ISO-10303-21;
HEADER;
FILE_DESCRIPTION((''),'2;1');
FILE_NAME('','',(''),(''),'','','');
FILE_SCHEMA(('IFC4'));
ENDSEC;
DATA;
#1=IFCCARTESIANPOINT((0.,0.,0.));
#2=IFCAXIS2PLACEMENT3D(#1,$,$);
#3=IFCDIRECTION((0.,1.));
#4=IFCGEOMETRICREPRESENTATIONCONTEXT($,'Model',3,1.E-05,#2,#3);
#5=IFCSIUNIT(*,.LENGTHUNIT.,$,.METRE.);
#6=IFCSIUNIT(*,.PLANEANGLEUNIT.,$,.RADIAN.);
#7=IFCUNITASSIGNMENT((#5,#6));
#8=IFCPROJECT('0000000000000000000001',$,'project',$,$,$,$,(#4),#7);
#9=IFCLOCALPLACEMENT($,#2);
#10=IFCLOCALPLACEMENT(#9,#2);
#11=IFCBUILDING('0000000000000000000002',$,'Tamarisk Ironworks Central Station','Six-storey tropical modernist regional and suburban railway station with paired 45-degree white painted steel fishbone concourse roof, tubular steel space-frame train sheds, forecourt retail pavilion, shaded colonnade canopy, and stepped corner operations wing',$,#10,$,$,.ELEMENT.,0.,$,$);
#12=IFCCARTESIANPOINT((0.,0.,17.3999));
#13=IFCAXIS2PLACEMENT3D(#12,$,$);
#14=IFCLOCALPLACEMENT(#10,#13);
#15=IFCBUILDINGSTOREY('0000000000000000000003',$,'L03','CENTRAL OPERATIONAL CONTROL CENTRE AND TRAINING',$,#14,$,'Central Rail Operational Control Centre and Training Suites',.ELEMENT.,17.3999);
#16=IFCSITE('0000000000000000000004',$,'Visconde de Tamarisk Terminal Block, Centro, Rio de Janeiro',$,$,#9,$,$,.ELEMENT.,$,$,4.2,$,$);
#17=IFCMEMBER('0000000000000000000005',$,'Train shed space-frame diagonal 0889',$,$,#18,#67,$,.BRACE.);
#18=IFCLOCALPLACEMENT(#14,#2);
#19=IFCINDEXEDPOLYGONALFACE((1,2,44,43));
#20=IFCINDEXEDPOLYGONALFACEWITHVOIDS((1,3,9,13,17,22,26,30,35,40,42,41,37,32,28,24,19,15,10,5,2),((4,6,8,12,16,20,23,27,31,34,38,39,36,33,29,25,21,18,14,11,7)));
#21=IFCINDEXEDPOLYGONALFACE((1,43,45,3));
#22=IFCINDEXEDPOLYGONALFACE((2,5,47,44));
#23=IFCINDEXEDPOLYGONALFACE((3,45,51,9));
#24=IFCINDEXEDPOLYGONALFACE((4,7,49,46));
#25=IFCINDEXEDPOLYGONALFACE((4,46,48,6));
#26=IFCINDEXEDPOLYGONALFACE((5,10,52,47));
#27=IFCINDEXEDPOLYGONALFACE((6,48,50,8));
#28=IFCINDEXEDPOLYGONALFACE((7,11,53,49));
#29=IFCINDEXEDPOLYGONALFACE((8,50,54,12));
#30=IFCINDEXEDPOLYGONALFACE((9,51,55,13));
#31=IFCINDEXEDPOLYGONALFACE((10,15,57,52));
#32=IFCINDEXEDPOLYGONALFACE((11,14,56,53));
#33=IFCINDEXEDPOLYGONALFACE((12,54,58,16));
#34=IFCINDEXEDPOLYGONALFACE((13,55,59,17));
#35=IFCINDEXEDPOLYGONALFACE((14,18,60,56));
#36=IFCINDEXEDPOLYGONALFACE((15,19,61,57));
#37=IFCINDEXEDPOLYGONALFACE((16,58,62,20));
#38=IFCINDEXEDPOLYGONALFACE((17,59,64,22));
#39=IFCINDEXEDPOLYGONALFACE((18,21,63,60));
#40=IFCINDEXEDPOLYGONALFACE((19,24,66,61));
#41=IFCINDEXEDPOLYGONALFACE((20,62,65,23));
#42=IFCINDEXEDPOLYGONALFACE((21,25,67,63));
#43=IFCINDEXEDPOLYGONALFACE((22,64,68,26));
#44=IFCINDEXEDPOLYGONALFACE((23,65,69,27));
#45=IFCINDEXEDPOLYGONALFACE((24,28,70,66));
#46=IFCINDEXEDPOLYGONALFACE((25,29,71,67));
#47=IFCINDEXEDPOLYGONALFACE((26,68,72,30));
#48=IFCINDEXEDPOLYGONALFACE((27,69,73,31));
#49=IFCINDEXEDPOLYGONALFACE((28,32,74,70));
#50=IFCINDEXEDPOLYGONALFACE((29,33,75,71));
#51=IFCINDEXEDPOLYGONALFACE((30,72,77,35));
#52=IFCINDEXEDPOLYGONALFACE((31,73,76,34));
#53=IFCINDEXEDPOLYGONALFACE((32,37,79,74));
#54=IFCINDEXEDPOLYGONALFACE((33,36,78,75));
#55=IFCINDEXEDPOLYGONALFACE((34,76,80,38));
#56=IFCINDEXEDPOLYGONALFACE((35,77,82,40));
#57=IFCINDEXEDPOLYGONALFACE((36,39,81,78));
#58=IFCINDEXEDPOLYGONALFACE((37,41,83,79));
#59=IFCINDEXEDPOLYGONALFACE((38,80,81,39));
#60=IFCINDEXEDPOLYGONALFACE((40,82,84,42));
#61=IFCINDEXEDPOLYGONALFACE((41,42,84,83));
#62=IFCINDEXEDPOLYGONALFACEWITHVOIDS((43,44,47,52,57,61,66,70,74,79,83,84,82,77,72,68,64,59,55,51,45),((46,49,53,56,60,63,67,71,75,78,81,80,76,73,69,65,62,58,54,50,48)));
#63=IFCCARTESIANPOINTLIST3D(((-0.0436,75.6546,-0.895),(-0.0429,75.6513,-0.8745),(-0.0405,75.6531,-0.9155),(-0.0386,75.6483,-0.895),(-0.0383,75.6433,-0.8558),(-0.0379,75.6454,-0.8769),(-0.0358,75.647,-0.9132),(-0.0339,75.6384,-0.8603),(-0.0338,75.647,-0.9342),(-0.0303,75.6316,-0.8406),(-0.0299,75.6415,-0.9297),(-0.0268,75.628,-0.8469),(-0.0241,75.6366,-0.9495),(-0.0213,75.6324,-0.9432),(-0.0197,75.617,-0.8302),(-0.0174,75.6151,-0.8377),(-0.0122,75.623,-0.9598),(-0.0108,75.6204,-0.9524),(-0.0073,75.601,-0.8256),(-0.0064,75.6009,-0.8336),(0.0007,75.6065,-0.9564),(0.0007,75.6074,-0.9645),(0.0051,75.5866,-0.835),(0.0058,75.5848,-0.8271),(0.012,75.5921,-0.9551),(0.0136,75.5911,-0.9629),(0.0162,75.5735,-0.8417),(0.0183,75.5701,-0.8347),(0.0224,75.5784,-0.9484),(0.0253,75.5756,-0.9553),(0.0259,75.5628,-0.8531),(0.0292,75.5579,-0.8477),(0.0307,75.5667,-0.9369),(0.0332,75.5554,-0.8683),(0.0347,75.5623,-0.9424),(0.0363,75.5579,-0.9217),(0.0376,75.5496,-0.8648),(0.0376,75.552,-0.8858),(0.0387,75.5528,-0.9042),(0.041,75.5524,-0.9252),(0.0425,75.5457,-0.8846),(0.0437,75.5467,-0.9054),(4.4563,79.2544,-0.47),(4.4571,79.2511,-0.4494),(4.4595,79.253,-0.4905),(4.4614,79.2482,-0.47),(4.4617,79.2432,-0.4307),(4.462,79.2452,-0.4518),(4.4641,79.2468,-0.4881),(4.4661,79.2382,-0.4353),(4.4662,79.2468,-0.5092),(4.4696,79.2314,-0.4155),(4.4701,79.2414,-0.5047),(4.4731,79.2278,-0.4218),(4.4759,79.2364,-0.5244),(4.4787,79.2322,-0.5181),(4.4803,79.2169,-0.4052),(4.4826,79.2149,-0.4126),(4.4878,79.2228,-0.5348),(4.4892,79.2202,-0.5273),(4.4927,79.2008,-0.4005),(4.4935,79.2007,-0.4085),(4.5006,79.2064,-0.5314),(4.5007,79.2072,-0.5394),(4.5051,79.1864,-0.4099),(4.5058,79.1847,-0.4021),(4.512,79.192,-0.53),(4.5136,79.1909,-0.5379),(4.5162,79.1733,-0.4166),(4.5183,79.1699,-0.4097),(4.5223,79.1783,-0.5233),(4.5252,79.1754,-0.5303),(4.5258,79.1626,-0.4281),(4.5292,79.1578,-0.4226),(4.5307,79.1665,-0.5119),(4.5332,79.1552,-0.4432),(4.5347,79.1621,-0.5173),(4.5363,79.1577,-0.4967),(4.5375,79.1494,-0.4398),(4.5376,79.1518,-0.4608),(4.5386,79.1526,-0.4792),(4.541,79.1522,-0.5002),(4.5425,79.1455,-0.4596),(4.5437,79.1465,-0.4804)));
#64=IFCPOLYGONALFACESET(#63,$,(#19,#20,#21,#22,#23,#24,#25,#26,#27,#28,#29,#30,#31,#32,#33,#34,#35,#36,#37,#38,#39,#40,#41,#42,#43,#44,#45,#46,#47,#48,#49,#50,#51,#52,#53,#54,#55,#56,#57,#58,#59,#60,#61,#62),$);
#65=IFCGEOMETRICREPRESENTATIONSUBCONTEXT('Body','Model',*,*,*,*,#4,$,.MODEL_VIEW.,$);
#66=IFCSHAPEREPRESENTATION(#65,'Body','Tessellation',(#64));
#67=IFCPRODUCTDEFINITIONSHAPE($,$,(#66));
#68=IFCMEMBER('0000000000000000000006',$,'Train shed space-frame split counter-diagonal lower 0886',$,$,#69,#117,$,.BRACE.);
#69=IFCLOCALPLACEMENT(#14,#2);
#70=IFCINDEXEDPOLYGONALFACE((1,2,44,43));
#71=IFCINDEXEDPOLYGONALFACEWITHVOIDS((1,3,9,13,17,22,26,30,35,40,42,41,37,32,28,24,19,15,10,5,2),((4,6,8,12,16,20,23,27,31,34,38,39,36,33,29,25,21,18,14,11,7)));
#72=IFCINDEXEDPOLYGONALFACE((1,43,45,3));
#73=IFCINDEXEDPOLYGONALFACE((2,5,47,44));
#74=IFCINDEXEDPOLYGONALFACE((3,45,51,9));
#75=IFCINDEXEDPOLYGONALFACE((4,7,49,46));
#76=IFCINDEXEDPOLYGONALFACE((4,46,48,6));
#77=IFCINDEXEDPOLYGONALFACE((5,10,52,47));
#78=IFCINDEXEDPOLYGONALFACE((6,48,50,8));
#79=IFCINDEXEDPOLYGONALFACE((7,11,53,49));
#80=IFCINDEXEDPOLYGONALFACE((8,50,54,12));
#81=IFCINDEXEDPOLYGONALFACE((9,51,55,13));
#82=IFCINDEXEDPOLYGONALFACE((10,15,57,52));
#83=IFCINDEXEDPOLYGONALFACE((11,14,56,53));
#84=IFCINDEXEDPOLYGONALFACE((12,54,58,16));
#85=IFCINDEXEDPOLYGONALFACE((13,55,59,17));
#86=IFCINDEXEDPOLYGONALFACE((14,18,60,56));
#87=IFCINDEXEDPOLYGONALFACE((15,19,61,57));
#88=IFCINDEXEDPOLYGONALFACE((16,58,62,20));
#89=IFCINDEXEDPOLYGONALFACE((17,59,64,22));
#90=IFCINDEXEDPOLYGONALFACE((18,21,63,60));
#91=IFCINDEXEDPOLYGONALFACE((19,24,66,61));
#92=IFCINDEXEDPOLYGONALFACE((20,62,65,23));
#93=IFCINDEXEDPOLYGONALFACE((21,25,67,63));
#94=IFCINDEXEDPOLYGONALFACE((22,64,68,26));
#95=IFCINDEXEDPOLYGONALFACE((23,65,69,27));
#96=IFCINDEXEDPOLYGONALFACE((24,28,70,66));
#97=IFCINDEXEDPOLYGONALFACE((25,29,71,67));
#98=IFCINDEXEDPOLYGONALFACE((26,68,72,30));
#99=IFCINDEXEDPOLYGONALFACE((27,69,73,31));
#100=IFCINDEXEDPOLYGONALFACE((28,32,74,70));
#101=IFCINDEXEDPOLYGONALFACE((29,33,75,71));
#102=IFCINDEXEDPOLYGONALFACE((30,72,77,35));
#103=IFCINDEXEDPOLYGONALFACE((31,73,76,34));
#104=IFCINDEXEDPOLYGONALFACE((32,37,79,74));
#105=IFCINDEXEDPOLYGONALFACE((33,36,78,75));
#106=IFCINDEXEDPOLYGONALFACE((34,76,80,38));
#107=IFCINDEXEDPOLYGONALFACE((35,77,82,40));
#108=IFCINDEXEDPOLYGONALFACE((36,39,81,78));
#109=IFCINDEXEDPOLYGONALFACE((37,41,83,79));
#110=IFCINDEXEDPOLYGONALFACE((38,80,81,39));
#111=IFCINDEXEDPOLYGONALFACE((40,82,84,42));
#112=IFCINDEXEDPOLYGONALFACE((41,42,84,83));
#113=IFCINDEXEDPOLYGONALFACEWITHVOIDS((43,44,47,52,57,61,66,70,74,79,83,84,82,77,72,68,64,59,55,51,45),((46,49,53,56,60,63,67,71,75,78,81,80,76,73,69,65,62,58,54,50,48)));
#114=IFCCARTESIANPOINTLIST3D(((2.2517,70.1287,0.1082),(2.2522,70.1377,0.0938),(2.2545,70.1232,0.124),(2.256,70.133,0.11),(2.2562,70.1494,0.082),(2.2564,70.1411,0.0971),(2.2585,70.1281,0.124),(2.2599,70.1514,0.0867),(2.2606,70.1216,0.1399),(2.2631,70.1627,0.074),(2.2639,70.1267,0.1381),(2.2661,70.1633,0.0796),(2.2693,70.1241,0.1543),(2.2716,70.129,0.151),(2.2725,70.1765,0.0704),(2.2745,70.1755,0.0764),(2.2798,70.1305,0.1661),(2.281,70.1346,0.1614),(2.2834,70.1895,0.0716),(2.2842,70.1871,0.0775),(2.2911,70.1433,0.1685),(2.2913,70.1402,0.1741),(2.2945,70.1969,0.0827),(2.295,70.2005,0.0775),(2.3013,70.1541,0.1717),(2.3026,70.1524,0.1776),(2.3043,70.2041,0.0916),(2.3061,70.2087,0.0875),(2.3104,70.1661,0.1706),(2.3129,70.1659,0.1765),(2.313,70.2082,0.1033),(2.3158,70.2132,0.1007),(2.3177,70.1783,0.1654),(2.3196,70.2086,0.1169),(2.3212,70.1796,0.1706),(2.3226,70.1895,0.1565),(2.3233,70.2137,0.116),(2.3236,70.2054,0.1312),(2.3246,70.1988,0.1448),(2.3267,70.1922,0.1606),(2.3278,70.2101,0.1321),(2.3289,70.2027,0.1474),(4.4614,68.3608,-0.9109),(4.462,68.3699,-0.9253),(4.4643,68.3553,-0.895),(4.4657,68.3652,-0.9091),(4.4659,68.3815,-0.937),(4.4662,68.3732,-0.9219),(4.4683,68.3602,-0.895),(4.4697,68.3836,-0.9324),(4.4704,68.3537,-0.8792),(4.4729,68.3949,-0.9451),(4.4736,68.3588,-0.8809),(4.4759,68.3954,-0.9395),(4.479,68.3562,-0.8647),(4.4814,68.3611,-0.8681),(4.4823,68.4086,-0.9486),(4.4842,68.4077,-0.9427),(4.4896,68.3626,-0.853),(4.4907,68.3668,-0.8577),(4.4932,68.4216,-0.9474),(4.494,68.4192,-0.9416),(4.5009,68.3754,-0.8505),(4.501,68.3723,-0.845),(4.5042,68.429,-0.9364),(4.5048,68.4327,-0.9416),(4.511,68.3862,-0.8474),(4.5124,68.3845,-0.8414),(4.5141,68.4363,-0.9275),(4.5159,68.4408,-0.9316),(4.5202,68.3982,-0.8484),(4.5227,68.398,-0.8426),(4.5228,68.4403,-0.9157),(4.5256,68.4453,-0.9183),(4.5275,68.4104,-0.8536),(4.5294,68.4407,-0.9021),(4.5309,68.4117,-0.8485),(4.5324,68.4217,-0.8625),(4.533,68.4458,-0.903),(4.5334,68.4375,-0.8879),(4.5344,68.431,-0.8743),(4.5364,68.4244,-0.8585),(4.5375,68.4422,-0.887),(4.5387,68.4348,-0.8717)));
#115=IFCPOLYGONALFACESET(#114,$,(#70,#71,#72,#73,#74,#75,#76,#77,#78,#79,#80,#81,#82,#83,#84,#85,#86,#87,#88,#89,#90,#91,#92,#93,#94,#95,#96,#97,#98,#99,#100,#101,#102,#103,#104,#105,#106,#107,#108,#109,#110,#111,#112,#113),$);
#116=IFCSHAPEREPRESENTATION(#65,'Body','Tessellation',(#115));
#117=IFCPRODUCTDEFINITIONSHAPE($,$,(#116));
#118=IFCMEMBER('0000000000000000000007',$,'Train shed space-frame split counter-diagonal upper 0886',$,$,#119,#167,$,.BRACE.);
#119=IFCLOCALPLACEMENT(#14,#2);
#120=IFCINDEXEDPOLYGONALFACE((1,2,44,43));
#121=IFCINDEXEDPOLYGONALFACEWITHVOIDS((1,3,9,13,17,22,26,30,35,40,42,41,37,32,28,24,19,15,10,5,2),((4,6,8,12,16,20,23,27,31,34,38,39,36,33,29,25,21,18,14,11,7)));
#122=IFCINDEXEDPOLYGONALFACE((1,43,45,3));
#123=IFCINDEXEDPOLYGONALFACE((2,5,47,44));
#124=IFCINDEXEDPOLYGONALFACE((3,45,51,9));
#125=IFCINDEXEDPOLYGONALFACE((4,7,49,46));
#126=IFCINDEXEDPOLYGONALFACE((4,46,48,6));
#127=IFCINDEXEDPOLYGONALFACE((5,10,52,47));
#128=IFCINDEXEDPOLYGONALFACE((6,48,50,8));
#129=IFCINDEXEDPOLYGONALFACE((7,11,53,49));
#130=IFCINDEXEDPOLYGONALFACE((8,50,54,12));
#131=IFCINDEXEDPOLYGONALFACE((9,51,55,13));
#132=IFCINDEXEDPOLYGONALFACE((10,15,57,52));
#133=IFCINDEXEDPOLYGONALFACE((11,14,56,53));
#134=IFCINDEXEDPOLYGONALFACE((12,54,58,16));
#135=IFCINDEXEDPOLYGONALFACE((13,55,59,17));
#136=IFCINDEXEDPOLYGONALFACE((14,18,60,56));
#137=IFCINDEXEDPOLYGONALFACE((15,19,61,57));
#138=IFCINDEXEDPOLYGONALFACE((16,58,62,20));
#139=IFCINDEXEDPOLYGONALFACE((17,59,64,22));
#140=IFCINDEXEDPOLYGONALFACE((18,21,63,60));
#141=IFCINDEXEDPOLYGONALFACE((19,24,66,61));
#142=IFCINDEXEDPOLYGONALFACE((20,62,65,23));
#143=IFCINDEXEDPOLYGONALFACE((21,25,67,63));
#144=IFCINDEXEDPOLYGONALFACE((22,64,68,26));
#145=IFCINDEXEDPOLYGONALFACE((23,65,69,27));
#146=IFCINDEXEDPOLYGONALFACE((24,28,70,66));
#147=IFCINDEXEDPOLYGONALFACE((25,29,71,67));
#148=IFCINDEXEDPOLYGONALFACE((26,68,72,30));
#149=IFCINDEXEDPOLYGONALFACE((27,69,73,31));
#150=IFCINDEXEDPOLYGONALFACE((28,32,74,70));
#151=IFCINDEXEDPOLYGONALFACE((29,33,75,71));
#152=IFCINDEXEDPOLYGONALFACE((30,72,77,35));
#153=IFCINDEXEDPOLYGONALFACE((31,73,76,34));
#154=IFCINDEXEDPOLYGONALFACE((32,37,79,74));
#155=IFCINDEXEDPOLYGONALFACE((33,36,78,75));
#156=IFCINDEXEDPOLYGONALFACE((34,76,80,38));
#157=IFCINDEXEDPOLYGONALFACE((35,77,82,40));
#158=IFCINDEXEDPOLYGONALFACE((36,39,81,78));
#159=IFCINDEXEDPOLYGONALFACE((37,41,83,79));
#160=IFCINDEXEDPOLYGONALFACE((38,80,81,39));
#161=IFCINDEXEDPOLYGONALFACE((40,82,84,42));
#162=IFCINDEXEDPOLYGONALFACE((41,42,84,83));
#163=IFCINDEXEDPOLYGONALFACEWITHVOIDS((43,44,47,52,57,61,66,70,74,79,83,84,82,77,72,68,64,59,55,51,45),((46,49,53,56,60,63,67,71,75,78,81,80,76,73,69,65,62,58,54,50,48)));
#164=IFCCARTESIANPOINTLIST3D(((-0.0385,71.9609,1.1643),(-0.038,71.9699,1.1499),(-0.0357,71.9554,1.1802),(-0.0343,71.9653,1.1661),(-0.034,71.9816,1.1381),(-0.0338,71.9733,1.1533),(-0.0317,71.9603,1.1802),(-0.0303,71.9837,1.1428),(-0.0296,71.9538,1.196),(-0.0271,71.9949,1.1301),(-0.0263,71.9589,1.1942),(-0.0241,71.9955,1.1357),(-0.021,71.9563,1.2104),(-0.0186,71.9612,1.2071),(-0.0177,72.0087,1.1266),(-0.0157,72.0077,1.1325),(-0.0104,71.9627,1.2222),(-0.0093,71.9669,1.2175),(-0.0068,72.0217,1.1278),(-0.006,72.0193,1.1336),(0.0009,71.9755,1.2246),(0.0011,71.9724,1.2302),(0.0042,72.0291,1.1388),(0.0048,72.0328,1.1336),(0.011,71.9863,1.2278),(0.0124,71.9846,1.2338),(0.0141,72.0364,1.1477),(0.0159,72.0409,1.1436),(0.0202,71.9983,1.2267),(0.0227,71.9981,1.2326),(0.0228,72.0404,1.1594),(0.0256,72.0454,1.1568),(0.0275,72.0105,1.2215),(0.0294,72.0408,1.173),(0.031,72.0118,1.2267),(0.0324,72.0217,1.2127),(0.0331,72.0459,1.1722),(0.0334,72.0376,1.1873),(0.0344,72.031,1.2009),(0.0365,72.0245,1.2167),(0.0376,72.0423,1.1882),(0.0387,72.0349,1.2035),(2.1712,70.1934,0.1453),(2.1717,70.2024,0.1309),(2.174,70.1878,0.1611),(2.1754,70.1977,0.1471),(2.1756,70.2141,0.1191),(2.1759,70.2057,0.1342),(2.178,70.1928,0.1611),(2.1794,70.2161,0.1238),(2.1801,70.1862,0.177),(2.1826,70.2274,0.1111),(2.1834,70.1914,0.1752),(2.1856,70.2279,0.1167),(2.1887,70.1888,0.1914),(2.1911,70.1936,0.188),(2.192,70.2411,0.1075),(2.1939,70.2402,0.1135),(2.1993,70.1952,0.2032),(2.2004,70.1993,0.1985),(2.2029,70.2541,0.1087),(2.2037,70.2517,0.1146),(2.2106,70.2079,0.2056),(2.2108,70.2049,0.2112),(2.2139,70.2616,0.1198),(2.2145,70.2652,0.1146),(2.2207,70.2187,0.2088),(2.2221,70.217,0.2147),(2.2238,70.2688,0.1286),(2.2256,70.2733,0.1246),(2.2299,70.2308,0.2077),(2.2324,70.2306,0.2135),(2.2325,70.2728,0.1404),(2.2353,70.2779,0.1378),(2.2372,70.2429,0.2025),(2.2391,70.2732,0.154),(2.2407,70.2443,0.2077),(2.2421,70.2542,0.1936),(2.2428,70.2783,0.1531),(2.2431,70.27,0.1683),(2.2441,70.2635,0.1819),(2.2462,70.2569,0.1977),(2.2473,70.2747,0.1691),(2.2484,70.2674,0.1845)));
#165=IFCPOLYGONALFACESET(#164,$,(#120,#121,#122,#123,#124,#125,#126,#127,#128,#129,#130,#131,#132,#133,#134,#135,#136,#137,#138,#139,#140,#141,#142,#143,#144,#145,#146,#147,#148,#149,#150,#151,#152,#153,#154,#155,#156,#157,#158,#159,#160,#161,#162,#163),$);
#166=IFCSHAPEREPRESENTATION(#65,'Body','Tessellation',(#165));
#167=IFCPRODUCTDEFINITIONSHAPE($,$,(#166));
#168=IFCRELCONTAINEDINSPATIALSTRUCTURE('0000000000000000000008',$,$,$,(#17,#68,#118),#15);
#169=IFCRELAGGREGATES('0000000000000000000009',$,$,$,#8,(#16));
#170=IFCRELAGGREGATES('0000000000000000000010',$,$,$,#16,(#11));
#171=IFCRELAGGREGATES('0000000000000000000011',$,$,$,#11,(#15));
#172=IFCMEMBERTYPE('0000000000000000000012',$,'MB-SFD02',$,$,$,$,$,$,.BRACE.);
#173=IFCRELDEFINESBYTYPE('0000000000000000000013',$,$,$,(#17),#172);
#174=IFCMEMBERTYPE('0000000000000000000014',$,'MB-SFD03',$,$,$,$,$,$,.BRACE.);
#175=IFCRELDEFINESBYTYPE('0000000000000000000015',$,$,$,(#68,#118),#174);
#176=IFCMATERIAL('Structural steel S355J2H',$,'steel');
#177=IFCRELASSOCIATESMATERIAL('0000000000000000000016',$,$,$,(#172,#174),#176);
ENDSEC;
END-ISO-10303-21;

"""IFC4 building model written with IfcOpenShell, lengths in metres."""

from ifc_helpers import new_model, si_unit, direction, frame, origin, origin_2d, place, context, subcontext, project, spatial, hollow_circle, extrude, material, material_profile, profile_set, type_object, element, save


model = new_model("IFC4")

# Units and contexts
model_context = context("Model", 3, precision=1e-05, world=origin(), true_north=direction((0.0, 1.0)))
body_context = subcontext(model_context, "Body", "Model", "MODEL_VIEW")
ifc_project = project(units=[si_unit("LENGTHUNIT", "METRE"), si_unit("PLANEANGLEUNIT", "RADIAN")], contexts=[model_context])

# Site, building, storey
site_placement = place(None, origin())
site = spatial("IfcSite", under=ifc_project, at=site_placement, Name="Visconde de Tamarisk Terminal Block, Centro, Rio de Janeiro", CompositionType="ELEMENT", RefElevation=4.2)
building_placement = place(site_placement, origin())
building = spatial("IfcBuilding", under=site, at=building_placement, Name="Tamarisk Ironworks Central Station", Description="Six-storey tropical modernist regional and suburban railway station with paired 45-degree white painted steel fishbone concourse roof, tubular steel space-frame train sheds, forecourt retail pavilion, shaded colonnade canopy, and stepped corner operations wing", CompositionType="ELEMENT", ElevationOfRefHeight=0.0)
storey_placement = place(building_placement, frame((0.0, 0.0, 17.3999)))
storey = spatial("IfcBuildingStorey", under=building, at=storey_placement, Name="L03", Description="CENTRAL OPERATIONAL CONTROL CENTRE AND TRAINING", LongName="Central Rail Operational Control Centre and Training Suites", CompositionType="ELEMENT", Elevation=17.3999)

# Members
ifc_material_1 = material(Name="Structural steel S355J2H", Category="steel")
ifc_material_profile_1 = material_profile(ifc_material_1, hollow_circle(Radius=0.0698, WallThickness=0.0081, at=origin_2d()), Name="CHS 139.7x8")
ifc_profile_set_1 = profile_set([ifc_material_profile_1], Name="Structural steel S355J2H")
member_type_1 = type_object("IfcMemberType", Name="MB-SFD02", PredefinedType="BRACE", material=ifc_profile_set_1)
member_1_placement = place(storey_placement, frame((0.0, 75.6001, -0.895), z_axis=(0.778766, 0.622987, 0.073559), x_axis=(-0.62468, 0.780881, 0.0)))
element("IfcMember", 1, at=member_1_placement, inside=storey, type_object=member_type_1, Name="Train shed space-frame diagonal 0889", PredefinedType="BRACE", context=body_context, shape_type="SweptSolid", body=[
    extrude(hollow_circle(Radius=0.0698, WallThickness=0.0081, at=origin_2d()), origin(), (0.0, 0.0, 1.0), 5.7783),
])
ifc_material_profile_2 = material_profile(ifc_material_1, hollow_circle(Radius=0.0571, WallThickness=0.0063, at=origin_2d()), Name="CHS 114.3x6.3")
ifc_profile_set_2 = profile_set([ifc_material_profile_2], Name="Structural steel S355J2H")
member_type_2 = type_object("IfcMemberType", Name="MB-SFD03", PredefinedType="BRACE", material=ifc_profile_set_2)
member_2_placement = place(storey_placement, frame((4.5, 68.3999, -0.895), z_axis=(-0.734677, 0.587758, 0.338807), x_axis=(-0.624706, -0.78086, 0.0)))
element("IfcMember", 2, at=member_2_placement, inside=storey, type_object=member_type_2, Name="Train shed space-frame split counter-diagonal lower 0886", PredefinedType="BRACE", context=body_context, shape_type="SweptSolid", body=[
    extrude(hollow_circle(Radius=0.0571, WallThickness=0.0063, at=origin_2d()), origin(), (0.0, 0.0, 1.0), 3.0078),
])
member_3_placement = place(storey_placement, frame((2.2097, 70.2324, 0.1611), z_axis=(-0.734712, 0.587705, 0.338823), x_axis=(-0.624653, -0.780902, 0.0)))
element("IfcMember", 3, at=member_3_placement, inside=storey, type_object=member_type_2, Name="Train shed space-frame split counter-diagonal upper 0886", PredefinedType="BRACE", context=body_context, shape_type="SweptSolid", body=[
    extrude(hollow_circle(Radius=0.0571, WallThickness=0.0063, at=origin_2d()), origin(), (0.0, 0.0, 1.0), 3.0076),
])

save(model, "model.ifc")
